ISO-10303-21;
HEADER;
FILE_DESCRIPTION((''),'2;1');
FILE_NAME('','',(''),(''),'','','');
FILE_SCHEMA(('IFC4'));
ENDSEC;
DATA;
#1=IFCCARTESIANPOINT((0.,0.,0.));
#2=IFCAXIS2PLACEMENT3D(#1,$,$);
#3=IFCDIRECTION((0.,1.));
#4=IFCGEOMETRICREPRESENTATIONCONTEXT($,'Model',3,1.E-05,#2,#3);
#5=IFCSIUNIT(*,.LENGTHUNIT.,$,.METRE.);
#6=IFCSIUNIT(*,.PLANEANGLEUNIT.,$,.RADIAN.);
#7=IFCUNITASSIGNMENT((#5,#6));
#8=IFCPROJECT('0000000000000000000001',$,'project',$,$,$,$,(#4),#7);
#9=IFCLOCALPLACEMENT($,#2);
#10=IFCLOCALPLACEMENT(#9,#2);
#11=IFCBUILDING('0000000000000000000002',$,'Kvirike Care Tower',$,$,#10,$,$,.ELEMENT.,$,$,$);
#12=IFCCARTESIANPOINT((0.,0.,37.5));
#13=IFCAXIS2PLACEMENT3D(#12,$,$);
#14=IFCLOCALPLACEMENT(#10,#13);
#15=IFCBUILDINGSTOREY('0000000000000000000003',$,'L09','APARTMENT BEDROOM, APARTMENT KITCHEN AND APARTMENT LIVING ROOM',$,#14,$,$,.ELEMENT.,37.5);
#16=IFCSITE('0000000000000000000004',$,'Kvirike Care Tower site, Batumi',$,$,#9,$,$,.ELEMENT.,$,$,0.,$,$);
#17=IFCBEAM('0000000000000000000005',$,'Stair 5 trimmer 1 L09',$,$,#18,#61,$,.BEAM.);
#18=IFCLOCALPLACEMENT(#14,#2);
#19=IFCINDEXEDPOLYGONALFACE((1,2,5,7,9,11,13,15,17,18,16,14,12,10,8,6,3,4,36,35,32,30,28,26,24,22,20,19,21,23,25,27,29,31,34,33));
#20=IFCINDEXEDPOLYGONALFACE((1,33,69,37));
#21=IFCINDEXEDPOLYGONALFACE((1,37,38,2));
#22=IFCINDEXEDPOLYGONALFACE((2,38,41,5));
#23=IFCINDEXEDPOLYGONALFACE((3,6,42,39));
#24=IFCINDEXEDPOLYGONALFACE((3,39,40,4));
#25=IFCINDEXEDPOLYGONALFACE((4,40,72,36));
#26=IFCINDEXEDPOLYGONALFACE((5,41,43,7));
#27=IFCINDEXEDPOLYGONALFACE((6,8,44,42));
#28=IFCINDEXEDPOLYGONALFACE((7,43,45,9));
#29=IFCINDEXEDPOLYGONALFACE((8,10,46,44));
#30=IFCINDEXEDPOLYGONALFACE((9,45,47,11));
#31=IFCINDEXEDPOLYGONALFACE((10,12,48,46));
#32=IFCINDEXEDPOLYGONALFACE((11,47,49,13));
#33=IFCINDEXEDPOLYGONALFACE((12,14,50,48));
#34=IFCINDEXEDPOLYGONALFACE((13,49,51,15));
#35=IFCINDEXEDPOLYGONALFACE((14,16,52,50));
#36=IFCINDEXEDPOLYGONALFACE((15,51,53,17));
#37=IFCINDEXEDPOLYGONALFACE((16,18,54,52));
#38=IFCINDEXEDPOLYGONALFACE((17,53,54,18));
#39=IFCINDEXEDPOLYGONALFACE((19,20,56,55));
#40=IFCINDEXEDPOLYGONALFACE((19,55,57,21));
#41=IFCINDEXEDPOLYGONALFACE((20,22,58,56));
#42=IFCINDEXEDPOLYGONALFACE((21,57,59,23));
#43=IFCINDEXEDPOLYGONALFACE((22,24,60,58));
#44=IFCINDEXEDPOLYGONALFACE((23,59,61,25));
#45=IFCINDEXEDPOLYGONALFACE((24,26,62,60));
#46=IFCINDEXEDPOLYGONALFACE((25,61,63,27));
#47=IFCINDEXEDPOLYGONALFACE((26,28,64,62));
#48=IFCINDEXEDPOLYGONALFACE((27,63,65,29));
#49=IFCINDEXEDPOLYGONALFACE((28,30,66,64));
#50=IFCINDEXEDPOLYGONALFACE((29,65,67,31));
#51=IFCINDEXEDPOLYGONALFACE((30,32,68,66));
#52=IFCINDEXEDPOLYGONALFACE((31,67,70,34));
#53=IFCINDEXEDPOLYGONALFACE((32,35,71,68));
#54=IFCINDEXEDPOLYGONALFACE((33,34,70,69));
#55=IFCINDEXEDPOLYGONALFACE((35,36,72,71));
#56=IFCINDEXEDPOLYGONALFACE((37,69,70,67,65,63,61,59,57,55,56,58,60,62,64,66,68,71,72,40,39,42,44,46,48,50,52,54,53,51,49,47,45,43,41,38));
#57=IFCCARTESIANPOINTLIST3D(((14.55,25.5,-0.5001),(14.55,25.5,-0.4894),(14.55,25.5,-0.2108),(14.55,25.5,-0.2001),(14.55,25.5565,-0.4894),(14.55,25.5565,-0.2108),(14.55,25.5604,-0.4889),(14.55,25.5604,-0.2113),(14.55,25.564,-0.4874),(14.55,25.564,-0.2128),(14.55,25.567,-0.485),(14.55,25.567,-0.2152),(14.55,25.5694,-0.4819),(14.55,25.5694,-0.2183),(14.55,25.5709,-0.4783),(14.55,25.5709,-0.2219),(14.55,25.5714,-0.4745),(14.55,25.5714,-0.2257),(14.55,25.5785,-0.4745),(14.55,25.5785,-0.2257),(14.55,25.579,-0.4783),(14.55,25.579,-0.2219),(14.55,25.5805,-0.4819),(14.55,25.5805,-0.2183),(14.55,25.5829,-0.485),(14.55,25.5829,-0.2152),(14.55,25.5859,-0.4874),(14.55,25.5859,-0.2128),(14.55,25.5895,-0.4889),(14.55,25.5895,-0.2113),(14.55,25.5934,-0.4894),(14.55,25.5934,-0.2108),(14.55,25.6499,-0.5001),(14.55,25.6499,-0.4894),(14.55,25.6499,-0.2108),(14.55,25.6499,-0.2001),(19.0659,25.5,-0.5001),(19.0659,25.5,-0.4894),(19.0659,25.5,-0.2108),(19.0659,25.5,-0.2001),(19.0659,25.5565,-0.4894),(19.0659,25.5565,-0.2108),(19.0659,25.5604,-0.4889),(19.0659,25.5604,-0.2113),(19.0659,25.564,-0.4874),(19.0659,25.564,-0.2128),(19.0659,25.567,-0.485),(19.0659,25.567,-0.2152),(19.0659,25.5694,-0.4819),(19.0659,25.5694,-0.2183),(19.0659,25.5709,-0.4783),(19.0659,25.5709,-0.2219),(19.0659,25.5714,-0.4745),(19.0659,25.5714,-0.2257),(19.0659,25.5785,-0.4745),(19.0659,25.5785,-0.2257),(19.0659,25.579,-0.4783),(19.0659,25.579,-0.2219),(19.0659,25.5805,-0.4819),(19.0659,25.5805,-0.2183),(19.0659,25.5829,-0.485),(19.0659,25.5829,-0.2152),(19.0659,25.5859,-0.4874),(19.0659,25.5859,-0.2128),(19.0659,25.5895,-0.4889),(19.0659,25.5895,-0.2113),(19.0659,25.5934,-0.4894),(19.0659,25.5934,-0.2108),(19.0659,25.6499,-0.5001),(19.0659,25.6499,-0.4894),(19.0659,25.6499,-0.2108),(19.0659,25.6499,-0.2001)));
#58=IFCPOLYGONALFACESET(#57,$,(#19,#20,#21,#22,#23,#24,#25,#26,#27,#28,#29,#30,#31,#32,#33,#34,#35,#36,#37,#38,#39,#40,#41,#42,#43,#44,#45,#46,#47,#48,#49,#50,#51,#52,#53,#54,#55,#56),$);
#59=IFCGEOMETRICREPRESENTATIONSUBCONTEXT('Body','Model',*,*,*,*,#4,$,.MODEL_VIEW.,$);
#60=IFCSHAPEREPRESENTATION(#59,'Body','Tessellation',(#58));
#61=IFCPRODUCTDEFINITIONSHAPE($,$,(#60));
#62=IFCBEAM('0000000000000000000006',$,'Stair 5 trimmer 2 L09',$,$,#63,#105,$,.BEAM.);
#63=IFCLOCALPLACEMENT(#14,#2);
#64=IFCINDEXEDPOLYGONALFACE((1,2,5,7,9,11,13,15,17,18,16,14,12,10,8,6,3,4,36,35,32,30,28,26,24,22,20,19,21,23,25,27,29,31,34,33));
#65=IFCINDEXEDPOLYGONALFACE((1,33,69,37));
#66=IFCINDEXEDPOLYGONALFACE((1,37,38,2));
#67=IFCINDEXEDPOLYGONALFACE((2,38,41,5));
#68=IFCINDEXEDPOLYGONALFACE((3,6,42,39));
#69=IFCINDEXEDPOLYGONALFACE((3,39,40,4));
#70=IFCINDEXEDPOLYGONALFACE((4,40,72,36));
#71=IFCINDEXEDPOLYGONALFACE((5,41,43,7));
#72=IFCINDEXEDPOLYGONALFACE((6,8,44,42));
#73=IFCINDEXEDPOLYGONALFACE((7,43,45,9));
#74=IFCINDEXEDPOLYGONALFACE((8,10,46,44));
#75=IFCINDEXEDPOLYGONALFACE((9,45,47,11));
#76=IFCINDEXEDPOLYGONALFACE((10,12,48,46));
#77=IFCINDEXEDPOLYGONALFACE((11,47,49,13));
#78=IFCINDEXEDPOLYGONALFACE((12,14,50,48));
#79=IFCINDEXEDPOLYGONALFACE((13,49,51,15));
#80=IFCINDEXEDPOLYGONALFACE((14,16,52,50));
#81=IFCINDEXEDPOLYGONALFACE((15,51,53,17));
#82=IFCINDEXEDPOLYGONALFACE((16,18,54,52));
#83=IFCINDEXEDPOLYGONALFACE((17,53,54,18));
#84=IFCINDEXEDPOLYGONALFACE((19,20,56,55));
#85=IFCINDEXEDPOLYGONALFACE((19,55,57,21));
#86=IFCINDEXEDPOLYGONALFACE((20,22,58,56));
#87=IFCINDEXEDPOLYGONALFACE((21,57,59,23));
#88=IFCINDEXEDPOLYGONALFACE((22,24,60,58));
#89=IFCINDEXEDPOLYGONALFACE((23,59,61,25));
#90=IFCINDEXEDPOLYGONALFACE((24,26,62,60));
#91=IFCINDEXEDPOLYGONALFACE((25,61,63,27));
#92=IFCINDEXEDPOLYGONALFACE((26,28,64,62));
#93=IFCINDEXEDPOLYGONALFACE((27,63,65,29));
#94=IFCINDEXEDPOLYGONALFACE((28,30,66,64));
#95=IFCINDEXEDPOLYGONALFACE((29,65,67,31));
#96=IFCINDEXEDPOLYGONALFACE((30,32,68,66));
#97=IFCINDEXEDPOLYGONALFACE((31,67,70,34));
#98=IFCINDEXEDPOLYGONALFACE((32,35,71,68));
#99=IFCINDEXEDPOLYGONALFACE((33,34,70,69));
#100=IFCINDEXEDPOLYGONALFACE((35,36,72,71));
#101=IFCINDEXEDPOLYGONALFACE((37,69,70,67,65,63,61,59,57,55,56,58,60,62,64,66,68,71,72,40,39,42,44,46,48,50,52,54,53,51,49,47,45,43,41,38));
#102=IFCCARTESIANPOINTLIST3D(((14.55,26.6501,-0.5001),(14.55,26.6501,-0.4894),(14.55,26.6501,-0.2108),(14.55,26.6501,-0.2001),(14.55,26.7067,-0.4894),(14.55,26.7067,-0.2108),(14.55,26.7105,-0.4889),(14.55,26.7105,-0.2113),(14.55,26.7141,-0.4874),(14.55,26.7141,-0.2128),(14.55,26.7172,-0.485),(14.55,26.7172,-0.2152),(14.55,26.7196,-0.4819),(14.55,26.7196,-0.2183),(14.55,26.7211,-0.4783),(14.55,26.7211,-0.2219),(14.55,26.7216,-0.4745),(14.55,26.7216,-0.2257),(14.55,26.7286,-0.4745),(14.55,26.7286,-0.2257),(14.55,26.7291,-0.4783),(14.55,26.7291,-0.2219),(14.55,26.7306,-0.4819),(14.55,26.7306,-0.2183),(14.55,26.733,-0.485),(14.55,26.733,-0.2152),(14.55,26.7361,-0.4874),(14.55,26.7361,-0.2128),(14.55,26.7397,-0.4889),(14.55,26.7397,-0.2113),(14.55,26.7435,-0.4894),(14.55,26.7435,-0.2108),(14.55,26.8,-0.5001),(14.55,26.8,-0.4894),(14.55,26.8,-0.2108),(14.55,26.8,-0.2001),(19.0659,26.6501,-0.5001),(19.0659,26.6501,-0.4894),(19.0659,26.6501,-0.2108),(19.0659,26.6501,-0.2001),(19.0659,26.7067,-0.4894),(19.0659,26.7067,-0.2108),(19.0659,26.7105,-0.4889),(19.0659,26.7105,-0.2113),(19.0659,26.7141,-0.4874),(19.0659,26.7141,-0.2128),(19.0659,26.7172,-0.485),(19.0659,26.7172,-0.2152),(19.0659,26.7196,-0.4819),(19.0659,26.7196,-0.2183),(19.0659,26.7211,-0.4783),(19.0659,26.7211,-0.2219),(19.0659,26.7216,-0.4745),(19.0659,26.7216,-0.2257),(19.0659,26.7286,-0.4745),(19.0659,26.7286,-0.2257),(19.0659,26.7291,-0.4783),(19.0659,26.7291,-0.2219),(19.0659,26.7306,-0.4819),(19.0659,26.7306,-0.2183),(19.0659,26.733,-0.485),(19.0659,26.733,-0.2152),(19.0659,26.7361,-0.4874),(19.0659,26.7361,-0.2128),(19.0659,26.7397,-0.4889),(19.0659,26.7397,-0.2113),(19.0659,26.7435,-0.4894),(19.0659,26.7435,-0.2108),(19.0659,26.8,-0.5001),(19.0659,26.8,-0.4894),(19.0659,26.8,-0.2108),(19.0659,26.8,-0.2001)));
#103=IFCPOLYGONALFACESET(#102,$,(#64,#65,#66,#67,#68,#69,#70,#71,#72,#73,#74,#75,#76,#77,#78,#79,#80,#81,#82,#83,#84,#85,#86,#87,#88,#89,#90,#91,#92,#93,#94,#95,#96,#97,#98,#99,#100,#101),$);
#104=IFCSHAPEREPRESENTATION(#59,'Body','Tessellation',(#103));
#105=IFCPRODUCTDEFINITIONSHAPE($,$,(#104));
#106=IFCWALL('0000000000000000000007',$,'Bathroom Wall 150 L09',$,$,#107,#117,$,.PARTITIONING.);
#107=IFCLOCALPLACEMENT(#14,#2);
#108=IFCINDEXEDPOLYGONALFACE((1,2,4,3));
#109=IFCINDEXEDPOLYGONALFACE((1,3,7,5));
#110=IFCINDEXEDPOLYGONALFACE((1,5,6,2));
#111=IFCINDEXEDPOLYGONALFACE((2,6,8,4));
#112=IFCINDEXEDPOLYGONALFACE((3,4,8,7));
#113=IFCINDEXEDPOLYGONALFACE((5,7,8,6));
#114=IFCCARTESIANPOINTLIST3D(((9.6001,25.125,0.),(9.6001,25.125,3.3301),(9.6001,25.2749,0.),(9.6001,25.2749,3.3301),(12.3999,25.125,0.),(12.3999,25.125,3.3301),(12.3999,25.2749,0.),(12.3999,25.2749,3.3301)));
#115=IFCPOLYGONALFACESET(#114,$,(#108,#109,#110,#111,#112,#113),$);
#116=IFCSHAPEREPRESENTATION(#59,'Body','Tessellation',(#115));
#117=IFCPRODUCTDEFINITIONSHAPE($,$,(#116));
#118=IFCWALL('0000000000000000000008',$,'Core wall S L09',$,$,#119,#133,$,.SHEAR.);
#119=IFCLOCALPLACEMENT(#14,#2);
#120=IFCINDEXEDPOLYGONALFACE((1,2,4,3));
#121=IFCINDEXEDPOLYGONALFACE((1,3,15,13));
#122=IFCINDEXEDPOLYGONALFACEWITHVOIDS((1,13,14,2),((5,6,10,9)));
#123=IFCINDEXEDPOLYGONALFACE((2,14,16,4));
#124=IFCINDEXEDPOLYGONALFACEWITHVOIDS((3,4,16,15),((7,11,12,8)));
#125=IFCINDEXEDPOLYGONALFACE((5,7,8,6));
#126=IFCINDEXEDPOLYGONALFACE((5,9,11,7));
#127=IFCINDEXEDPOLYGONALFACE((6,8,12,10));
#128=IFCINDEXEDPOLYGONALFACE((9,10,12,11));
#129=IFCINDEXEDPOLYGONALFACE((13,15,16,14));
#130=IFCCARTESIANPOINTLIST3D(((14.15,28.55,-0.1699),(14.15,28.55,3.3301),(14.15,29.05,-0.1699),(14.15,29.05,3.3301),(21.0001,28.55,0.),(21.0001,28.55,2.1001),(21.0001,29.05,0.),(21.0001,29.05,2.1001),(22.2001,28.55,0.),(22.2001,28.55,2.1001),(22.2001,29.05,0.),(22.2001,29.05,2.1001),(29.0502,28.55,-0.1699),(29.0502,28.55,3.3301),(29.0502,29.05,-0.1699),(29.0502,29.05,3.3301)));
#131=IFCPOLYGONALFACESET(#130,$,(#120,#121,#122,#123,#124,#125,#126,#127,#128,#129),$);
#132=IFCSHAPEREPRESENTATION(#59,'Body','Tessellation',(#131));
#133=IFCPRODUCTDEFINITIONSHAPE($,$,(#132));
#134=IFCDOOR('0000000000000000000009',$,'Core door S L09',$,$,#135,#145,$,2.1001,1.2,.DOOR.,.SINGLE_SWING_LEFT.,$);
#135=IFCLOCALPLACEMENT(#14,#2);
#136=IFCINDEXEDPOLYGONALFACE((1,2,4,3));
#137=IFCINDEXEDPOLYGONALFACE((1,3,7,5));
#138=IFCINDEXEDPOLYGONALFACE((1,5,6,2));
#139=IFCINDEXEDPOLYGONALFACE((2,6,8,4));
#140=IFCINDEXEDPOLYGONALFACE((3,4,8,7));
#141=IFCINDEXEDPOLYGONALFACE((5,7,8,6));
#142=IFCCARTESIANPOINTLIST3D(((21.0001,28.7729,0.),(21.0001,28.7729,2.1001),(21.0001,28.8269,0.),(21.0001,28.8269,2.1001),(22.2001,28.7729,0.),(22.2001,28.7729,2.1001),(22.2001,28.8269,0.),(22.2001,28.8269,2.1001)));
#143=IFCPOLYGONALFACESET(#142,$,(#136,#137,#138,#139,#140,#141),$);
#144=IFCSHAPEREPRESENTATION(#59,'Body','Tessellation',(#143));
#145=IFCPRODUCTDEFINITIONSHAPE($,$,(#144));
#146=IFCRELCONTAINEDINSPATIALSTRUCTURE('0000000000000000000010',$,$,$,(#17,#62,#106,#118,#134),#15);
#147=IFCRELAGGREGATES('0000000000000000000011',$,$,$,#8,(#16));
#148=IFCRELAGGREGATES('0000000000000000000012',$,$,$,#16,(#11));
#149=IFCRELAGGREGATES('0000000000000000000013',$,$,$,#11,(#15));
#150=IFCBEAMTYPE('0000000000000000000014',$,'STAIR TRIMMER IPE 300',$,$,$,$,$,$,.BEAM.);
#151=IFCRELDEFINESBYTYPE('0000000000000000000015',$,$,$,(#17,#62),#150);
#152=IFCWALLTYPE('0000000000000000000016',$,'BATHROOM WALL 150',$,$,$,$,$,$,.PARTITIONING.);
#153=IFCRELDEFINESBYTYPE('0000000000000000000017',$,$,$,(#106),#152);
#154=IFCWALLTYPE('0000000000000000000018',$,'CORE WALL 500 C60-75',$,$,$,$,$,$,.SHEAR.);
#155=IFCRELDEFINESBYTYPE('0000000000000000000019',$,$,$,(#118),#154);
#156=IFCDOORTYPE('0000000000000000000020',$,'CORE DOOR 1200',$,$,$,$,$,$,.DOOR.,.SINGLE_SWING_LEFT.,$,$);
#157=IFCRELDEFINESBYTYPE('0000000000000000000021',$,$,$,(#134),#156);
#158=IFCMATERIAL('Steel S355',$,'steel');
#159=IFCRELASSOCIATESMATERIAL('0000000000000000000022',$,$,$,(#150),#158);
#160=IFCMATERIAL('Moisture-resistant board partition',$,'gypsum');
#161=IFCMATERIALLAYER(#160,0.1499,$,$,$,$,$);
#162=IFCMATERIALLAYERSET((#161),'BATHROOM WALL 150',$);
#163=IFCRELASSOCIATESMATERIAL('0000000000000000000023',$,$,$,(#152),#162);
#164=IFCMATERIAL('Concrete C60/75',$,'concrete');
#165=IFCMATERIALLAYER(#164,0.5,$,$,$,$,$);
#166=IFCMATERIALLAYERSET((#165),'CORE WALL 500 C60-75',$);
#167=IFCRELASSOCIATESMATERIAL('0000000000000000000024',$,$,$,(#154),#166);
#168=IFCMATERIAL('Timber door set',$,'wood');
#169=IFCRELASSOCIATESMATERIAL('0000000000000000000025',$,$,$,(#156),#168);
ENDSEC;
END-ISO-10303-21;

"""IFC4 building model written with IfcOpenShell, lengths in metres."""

from ifc_helpers import new_model, si_unit, direction, frame, frame_2d, origin, origin_2d, place, context, subcontext, project, spatial, rectangle, i_section, extrude, material, layer, layer_set, material_profile, profile_set, type_object, element, fill, save


model = new_model("IFC4")

# Units and contexts
model_context = context("Model", 3, precision=1e-05, world=origin(), true_north=direction((0.0, 1.0)))
body_context = subcontext(model_context, "Body", "Model", "MODEL_VIEW")
ifc_project = project(units=[si_unit("LENGTHUNIT", "METRE"), si_unit("PLANEANGLEUNIT", "RADIAN")], contexts=[model_context])

# Site, building, storey
site_placement = place(None, origin())
site = spatial("IfcSite", under=ifc_project, at=site_placement, Name="Kvirike Care Tower site, Batumi", CompositionType="ELEMENT", RefElevation=0.0)
building_placement = place(site_placement, origin())
building = spatial("IfcBuilding", under=site, at=building_placement, Name="Kvirike Care Tower", CompositionType="ELEMENT")
storey_placement = place(building_placement, frame((0.0, 0.0, 37.5)))
storey = spatial("IfcBuildingStorey", under=building, at=storey_placement, Name="L09", Description="APARTMENT BEDROOM, APARTMENT KITCHEN AND APARTMENT LIVING ROOM", CompositionType="ELEMENT", Elevation=37.5)

# Beams
ifc_material_1 = material(Name="Steel S355", Category="steel")
ifc_material_profile_1 = material_profile(ifc_material_1, i_section(OverallWidth=0.1499, OverallDepth=0.3, WebThickness=0.0071, FlangeThickness=0.0107, FilletRadius=0.0149, at=origin_2d()), Name="IPE 300")
ifc_profile_set_1 = profile_set([ifc_material_profile_1], Name="Steel S355")
beam_type_1 = type_object("IfcBeamType", Name="STAIR TRIMMER IPE 300", PredefinedType="BEAM", material=ifc_profile_set_1)
for number, where, z_axis, x_axis, name in (
    (1, (14.55, 25.575, -0.3501), (1.0, 0.0, 0.0), (0.0, 1.0, 0.0), "Stair 5 trimmer 1 L09"),
    (2, (14.55, 26.7251, -0.3501), (1.0, 0.0, 0.0), (0.0, 1.0, 0.0), "Stair 5 trimmer 2 L09"),
):
    element("IfcBeam", number, at=place(storey_placement, frame(where, z_axis=z_axis, x_axis=x_axis)), inside=storey, type_object=beam_type_1, Name=name, PredefinedType="BEAM", context=body_context, shape_type="SweptSolid", body=[
        extrude(i_section(OverallWidth=0.1499, OverallDepth=0.3, WebThickness=0.0071, FlangeThickness=0.0107, FilletRadius=0.0149, at=origin_2d()), origin(), (0.0, 0.0, 1.0), 4.5159),
    ])

# Wall
ifc_material_2 = material(Name="Moisture-resistant board partition", Category="gypsum")
ifc_layer_1 = layer(ifc_material_2, 0.1499)
ifc_layer_set_1 = layer_set([ifc_layer_1], Name="BATHROOM WALL 150")
wall_type_1 = type_object("IfcWallType", Name="BATHROOM WALL 150", PredefinedType="PARTITIONING", material=ifc_layer_set_1)
wall_1_placement = place(storey_placement, frame((9.6001, 25.2, 0.0), z_axis=(0.0, 0.0, 1.0), x_axis=(1.0, 0.0, 0.0)))
element("IfcWall", 3, at=wall_1_placement, inside=storey, type_object=wall_type_1, Name="Bathroom Wall 150 L09", PredefinedType="PARTITIONING", context=body_context, shape_type="SweptSolid", body=[
    extrude(rectangle(XDim=2.7998, YDim=0.1499, at=frame_2d((1.3999, 0.0))), origin(), (0.0, 0.0, 1.0), 3.3301),
])

# Wall, opening, door
ifc_material_3 = material(Name="Concrete C60/75", Category="concrete")
ifc_layer_2 = layer(ifc_material_3, 0.5)
ifc_layer_set_2 = layer_set([ifc_layer_2], Name="CORE WALL 500 C60-75")
wall_type_2 = type_object("IfcWallType", Name="CORE WALL 500 C60-75", PredefinedType="SHEAR", material=ifc_layer_set_2)
wall_2_placement = place(storey_placement, frame((14.1499, 28.8, -0.1699), z_axis=(0.0, 0.0, 1.0), x_axis=(1.0, 0.0, 0.0)))
wall_2 = element("IfcWall", 4, at=wall_2_placement, inside=storey, type_object=wall_type_2, Name="Core wall S L09", PredefinedType="SHEAR", context=body_context, shape_type="SweptSolid", body=[
    extrude(rectangle(XDim=14.9001, YDim=0.5, at=frame_2d((7.4502, 0.0))), origin(), (0.0, 0.0, 1.0), 3.5),
])
opening_1_placement = place(wall_2_placement, frame((6.8501, 0.0, 0.1699)))
opening_1 = element("IfcOpeningElement", 5, at=opening_1_placement, cuts=wall_2, PredefinedType="OPENING", context=body_context, shape_type="SweptSolid", body=[
    extrude(rectangle(XDim=1.2, YDim=2.1001, at=frame_2d((0.6001, 1.05))), frame((0.0, 0.2605, 0.0), z_axis=(0.0, -1.0, 0.0), x_axis=(1.0, 0.0, 0.0)), (0.0, 0.0, 1.0), 0.521),
])
ifc_material_4 = material(Name="Timber door set", Category="wood")
door_type_1 = type_object("IfcDoorType", Name="CORE DOOR 1200", OperationType="SINGLE_SWING_LEFT", PredefinedType="DOOR", material=ifc_material_4)
door_1_placement = place(opening_1_placement, origin())
door_1 = element("IfcDoor", 6, at=door_1_placement, inside=storey, type_object=door_type_1, Name="Core door S L09", OperationType="SINGLE_SWING_LEFT", OverallHeight=2.1001, OverallWidth=1.2, PredefinedType="DOOR", context=body_context, shape_type="SweptSolid", body=[
    extrude(rectangle(XDim=1.2, YDim=2.1001, at=frame_2d((0.6001, 1.05))), frame((0.0, 0.0269, 0.0), z_axis=(0.0, -1.0, 0.0), x_axis=(1.0, 0.0, 0.0)), (0.0, 0.0, 1.0), 0.054),
])
fill(opening_1, door_1)

save(model, "model.ifc")
